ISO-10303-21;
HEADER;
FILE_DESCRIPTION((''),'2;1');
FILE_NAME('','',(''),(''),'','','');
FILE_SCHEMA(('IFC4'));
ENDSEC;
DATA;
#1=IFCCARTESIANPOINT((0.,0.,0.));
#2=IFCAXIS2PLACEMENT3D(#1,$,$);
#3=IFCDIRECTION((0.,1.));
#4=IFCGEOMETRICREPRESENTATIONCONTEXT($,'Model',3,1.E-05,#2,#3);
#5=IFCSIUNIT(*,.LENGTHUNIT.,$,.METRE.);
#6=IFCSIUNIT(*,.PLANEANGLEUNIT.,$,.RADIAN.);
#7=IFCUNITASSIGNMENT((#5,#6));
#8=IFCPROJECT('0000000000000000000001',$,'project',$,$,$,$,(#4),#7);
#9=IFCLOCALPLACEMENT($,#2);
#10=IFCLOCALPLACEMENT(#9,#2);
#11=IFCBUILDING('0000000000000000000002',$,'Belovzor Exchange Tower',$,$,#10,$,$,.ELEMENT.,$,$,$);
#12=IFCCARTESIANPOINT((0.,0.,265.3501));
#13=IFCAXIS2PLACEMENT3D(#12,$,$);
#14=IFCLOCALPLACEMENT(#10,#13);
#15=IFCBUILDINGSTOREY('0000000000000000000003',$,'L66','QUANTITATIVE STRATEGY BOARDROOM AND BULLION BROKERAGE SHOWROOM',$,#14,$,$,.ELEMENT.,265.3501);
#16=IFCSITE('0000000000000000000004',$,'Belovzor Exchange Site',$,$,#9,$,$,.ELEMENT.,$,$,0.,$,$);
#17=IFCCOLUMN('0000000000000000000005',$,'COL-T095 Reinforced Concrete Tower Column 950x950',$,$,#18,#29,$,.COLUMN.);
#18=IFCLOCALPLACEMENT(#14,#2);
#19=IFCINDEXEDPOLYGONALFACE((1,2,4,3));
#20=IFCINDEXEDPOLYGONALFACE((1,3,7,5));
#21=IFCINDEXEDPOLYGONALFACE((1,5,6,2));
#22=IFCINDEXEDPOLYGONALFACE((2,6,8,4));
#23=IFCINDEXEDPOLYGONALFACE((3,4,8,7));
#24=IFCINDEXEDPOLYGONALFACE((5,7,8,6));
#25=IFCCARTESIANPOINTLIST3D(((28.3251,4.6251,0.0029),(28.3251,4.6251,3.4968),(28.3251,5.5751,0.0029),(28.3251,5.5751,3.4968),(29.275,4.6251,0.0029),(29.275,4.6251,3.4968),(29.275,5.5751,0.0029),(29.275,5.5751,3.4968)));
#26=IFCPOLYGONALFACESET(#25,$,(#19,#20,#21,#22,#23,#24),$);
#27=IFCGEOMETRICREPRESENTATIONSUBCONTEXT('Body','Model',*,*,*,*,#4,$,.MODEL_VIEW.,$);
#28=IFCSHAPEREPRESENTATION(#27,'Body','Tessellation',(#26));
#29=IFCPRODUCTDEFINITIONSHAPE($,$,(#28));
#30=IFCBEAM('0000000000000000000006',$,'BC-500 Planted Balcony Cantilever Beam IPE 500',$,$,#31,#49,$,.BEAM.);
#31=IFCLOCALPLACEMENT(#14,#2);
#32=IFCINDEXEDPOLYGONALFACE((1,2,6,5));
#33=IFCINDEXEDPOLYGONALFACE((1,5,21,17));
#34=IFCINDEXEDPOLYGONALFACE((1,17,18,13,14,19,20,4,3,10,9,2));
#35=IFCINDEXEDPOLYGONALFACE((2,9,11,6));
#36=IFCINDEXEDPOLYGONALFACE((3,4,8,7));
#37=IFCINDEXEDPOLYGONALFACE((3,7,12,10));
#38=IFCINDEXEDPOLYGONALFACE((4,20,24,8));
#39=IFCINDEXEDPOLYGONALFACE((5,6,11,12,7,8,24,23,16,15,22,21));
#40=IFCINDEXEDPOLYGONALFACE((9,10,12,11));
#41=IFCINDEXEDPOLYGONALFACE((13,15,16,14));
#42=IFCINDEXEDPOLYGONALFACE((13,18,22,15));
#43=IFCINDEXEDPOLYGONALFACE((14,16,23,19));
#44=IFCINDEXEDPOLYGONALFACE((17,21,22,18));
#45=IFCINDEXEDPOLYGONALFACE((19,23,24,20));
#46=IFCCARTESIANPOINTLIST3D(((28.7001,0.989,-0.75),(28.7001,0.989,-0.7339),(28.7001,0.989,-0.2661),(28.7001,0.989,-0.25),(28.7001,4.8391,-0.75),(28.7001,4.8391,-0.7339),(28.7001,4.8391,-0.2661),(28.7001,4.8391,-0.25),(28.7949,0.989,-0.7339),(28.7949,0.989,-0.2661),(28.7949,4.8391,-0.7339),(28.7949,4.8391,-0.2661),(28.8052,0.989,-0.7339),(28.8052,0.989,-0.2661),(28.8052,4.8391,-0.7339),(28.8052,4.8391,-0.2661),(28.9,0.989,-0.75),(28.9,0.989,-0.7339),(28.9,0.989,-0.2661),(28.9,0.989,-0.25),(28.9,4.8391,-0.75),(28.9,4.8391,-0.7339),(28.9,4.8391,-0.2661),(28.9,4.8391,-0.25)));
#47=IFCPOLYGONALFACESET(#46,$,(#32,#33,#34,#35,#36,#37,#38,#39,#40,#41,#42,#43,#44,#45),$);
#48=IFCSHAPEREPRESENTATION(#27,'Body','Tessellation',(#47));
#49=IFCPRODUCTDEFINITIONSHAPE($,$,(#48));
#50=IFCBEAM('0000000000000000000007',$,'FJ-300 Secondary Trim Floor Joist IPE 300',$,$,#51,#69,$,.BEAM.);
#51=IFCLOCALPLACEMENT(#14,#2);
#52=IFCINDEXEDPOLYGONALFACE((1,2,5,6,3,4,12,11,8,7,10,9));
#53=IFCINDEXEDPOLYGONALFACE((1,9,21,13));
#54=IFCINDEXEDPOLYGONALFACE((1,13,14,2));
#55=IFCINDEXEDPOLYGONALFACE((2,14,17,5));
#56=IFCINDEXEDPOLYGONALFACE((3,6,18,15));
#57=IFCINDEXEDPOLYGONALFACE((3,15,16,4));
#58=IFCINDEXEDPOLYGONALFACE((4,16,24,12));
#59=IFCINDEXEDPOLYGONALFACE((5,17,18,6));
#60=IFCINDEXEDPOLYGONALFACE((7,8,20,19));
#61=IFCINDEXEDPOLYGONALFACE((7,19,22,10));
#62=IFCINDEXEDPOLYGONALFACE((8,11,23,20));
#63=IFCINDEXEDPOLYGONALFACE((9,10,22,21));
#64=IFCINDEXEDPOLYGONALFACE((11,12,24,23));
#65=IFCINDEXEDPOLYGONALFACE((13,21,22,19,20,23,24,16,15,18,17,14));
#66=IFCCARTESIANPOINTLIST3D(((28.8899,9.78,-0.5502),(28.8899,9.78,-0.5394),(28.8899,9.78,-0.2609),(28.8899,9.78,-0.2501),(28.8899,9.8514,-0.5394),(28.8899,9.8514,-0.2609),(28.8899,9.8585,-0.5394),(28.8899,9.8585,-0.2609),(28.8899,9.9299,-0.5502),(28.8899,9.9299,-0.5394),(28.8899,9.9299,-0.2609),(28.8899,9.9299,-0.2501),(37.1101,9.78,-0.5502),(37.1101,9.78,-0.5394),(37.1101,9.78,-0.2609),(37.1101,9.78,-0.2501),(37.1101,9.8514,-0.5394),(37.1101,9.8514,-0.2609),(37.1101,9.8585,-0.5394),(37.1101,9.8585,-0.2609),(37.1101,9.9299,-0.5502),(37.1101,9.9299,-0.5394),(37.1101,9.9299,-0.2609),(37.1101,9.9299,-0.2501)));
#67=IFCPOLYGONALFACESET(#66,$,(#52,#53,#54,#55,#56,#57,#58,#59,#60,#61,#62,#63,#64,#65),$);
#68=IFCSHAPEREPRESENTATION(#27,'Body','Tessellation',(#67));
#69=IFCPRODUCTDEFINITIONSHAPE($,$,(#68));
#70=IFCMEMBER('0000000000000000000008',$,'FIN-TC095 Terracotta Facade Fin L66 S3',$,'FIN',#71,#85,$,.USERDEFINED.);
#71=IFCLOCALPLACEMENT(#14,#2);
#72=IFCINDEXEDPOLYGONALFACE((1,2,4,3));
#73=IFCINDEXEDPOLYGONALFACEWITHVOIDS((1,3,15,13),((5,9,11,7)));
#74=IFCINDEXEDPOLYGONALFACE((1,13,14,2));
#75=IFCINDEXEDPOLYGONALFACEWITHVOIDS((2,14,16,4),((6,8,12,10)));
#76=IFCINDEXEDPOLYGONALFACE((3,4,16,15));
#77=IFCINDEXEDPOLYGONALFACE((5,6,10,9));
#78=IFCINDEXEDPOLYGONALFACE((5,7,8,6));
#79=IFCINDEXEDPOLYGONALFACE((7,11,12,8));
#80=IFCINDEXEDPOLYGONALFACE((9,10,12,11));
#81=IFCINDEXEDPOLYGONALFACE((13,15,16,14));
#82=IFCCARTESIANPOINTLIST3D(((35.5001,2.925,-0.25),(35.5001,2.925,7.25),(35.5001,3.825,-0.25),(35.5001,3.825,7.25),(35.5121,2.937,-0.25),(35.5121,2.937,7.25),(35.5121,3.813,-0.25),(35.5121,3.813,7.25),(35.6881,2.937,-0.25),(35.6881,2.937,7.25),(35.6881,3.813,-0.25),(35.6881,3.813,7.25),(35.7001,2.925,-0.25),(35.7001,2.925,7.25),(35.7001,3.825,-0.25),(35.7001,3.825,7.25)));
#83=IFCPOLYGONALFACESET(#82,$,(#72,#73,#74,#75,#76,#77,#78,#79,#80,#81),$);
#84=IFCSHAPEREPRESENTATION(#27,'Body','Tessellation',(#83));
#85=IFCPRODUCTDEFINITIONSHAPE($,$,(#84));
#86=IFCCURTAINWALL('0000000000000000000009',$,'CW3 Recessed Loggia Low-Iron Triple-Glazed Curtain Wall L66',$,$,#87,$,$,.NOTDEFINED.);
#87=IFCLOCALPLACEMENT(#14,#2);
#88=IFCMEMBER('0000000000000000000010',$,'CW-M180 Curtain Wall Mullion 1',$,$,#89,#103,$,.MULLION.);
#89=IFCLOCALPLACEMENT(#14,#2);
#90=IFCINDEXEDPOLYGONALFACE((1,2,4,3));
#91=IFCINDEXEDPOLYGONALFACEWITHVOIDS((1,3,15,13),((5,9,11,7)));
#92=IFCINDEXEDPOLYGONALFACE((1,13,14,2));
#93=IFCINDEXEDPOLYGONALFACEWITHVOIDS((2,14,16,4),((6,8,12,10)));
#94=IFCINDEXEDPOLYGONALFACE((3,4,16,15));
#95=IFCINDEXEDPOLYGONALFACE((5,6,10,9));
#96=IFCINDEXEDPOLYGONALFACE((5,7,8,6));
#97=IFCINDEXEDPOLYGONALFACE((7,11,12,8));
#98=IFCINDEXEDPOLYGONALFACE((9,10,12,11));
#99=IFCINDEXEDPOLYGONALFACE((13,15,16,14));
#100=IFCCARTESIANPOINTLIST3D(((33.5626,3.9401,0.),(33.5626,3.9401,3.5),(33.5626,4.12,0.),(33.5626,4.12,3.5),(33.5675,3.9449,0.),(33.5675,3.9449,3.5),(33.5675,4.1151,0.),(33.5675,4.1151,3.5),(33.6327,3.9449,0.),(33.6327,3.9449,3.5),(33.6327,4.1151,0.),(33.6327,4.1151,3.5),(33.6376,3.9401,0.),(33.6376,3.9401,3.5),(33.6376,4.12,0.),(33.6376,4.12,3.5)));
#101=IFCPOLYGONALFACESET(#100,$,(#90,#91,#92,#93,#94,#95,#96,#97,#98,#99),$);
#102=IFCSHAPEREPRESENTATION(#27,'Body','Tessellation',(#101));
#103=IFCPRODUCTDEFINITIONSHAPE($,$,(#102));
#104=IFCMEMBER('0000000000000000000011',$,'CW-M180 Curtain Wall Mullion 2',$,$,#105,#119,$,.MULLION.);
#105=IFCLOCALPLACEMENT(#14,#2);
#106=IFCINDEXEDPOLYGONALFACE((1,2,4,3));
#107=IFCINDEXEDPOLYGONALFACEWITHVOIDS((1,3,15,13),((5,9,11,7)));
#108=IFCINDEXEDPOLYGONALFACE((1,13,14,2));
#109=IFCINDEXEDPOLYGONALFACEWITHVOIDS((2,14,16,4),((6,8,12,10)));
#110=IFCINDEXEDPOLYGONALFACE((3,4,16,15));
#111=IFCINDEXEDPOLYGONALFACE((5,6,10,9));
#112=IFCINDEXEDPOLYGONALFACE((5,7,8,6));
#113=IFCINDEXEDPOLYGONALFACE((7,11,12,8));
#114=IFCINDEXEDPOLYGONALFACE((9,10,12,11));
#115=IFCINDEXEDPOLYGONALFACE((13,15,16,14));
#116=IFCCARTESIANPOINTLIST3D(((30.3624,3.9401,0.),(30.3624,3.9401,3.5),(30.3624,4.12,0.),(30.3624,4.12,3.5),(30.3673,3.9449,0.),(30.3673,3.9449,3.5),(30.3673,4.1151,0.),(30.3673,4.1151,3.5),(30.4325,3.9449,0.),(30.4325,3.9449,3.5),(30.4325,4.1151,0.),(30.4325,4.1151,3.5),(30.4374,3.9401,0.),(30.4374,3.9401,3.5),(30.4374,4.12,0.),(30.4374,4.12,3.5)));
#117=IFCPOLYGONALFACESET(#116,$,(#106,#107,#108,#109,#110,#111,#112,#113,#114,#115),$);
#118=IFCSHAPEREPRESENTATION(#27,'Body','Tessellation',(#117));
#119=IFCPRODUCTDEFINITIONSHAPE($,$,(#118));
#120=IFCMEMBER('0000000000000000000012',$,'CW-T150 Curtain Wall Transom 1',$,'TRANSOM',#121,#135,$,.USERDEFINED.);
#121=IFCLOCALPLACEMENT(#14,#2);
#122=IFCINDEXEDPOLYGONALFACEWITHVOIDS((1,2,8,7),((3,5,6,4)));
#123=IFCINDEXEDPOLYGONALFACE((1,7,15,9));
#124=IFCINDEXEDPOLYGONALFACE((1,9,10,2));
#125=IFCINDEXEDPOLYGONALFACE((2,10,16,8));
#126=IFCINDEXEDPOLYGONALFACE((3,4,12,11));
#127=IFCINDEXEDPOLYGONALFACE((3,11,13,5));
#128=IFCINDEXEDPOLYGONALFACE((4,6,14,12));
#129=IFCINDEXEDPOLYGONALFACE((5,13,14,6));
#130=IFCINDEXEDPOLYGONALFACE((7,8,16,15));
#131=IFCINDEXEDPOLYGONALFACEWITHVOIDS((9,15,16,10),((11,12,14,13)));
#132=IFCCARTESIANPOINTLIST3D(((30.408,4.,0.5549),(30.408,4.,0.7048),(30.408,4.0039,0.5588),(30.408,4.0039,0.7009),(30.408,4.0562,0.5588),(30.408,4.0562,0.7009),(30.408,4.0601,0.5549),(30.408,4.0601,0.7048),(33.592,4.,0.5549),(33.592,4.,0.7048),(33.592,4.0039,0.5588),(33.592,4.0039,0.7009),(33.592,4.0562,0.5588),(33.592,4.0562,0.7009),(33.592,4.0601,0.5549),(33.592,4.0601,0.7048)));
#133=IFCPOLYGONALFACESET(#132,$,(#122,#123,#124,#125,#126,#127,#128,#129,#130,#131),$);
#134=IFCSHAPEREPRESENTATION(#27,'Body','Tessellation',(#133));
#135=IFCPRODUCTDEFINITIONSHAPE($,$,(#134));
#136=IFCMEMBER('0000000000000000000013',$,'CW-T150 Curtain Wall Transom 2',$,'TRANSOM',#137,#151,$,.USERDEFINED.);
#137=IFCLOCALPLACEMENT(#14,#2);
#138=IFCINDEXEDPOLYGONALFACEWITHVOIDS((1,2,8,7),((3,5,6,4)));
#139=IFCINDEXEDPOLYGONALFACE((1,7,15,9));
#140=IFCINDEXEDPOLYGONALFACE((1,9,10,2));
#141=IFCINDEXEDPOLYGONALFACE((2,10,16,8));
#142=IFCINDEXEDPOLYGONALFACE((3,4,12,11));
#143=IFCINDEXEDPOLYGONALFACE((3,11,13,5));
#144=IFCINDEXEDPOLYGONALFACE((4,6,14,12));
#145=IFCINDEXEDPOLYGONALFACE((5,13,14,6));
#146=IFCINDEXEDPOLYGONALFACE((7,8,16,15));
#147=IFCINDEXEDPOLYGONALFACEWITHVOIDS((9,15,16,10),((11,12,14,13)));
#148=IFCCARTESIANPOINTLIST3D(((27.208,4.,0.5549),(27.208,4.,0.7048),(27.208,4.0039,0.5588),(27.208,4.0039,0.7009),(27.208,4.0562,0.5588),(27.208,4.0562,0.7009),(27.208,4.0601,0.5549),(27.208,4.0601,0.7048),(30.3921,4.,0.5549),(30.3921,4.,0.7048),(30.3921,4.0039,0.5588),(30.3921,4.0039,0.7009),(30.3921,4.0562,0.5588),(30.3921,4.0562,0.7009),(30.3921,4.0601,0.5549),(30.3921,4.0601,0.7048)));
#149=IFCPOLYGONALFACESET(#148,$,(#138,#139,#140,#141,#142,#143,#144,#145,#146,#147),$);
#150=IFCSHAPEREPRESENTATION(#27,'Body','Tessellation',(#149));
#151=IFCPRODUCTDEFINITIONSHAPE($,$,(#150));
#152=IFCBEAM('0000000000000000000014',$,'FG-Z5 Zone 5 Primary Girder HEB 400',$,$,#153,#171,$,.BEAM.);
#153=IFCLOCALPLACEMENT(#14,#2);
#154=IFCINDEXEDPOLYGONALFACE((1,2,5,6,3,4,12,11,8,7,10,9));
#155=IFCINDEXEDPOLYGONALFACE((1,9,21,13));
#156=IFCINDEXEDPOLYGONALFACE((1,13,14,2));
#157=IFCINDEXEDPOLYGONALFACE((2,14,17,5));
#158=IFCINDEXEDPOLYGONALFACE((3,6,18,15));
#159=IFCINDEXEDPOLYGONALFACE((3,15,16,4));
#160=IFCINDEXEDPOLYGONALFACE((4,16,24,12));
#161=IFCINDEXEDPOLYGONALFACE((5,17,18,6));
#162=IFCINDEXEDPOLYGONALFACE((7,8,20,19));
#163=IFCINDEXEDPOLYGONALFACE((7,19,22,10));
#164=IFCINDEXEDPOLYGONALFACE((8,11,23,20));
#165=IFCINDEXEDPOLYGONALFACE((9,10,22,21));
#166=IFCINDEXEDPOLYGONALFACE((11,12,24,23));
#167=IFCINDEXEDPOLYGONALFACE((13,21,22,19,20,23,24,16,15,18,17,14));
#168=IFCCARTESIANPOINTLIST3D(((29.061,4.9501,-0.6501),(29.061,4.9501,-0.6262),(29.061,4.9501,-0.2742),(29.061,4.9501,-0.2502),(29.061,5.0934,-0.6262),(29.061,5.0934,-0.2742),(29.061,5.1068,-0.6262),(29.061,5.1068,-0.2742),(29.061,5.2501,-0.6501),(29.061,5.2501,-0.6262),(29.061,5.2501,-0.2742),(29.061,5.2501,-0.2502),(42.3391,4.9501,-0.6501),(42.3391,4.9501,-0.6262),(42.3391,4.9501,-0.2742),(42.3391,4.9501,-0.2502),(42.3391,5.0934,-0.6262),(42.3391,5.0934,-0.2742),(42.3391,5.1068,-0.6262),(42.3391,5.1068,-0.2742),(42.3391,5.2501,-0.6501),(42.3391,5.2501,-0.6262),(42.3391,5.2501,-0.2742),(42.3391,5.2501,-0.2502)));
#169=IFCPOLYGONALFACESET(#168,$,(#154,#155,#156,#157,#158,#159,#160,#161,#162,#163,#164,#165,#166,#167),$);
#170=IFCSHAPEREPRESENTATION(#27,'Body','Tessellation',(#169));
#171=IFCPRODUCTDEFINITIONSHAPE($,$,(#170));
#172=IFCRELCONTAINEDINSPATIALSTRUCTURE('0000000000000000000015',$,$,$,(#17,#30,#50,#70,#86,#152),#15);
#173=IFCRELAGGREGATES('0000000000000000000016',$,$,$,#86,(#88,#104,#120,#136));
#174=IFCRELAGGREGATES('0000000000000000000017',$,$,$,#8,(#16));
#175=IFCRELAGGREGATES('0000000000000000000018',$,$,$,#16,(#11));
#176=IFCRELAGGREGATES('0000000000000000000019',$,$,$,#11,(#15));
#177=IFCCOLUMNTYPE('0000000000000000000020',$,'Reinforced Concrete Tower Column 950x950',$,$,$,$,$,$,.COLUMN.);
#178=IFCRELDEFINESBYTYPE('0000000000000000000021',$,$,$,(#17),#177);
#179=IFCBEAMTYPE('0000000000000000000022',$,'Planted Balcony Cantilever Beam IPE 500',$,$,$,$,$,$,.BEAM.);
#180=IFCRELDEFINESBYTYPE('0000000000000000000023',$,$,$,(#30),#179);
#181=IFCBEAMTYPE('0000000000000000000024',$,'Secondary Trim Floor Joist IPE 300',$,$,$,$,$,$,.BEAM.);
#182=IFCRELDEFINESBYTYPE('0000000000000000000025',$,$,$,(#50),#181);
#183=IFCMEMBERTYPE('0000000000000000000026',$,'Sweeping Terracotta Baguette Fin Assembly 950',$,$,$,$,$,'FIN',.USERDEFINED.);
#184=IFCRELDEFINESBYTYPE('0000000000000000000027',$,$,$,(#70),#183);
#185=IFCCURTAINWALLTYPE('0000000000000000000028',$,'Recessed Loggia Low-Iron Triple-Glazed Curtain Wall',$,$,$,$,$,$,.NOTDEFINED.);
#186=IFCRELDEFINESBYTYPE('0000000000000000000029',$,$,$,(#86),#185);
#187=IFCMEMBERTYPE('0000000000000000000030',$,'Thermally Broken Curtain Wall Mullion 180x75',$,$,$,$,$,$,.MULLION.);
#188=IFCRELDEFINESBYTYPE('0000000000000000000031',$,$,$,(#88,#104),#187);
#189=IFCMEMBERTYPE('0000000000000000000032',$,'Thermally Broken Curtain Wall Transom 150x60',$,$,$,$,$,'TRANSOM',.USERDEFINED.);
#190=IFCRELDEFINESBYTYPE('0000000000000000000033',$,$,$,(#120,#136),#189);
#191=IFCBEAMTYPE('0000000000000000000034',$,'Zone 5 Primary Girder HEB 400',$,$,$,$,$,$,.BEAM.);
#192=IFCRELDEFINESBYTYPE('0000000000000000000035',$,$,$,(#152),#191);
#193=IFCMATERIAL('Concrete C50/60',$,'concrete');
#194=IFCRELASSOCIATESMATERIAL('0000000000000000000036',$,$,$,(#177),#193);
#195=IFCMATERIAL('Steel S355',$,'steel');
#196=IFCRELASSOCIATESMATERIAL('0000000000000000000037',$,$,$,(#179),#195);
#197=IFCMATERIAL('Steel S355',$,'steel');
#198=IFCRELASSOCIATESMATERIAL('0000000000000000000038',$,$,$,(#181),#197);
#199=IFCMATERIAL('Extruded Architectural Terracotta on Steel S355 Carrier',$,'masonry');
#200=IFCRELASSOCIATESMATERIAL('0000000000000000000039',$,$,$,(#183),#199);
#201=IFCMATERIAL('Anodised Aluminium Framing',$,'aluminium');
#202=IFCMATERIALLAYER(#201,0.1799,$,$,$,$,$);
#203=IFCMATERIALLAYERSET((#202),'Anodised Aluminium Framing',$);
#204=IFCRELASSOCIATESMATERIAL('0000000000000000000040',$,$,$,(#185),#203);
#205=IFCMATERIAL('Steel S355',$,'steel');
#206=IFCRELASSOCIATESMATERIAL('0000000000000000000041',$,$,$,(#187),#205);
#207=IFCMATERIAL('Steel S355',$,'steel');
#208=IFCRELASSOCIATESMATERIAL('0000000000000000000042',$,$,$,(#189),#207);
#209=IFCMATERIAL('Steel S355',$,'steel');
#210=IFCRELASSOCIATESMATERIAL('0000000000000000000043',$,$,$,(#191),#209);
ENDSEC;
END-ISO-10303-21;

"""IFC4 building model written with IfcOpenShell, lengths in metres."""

from ifc_helpers import new_model, si_unit, direction, frame, origin, origin_2d, place, context, subcontext, project, spatial, rectangle, hollow_rectangle, i_section, extrude, material, layer, layer_set, material_profile, profile_set, type_object, element, aggregate, save


model = new_model("IFC4")

# Units and contexts
model_context = context("Model", 3, precision=1e-05, world=origin(), true_north=direction((0.0, 1.0)))
body_context = subcontext(model_context, "Body", "Model", "MODEL_VIEW")
ifc_project = project(units=[si_unit("LENGTHUNIT", "METRE"), si_unit("PLANEANGLEUNIT", "RADIAN")], contexts=[model_context])

# Site, building, storey
site_placement = place(None, origin())
site = spatial("IfcSite", under=ifc_project, at=site_placement, Name="Belovzor Exchange Site", CompositionType="ELEMENT", RefElevation=0.0)
building_placement = place(site_placement, origin())
building = spatial("IfcBuilding", under=site, at=building_placement, Name="Belovzor Exchange Tower", CompositionType="ELEMENT")
storey_placement = place(building_placement, frame((0.0, 0.0, 265.3501)))
storey = spatial("IfcBuildingStorey", under=building, at=storey_placement, Name="L66", Description="QUANTITATIVE STRATEGY BOARDROOM AND BULLION BROKERAGE SHOWROOM", CompositionType="ELEMENT", Elevation=265.3501)

# Column
ifc_material_1 = material(Name="Concrete C50/60", Category="concrete")
ifc_material_profile_1 = material_profile(ifc_material_1, rectangle(XDim=0.95, YDim=0.95, at=origin_2d()))
ifc_profile_set_1 = profile_set([ifc_material_profile_1], Name="Concrete C50/60")
column_type = type_object("IfcColumnType", Name="Reinforced Concrete Tower Column 950x950", PredefinedType="COLUMN", material=ifc_profile_set_1)
column_placement = place(storey_placement, frame((28.8, 5.1001, 0.0029), z_axis=(0.0, 0.0, 1.0), x_axis=(1.0, 0.0, 0.0)))
element("IfcColumn", 1, at=column_placement, inside=storey, type_object=column_type, Name="COL-T095 Reinforced Concrete Tower Column 950x950", PredefinedType="COLUMN", context=body_context, shape_type="SweptSolid", body=[
    extrude(rectangle(XDim=0.95, YDim=0.95, at=origin_2d()), origin(), (0.0, 0.0, 1.0), 3.4939),
])

# Beams
ifc_material_2 = material(Name="Steel S355", Category="steel")
ifc_material_profile_2 = material_profile(ifc_material_2, i_section(OverallWidth=0.2, OverallDepth=0.5, WebThickness=0.0103, FlangeThickness=0.0161, at=origin_2d()))
ifc_profile_set_2 = profile_set([ifc_material_profile_2], Name="Steel S355")
beam_type_1 = type_object("IfcBeamType", Name="Planted Balcony Cantilever Beam IPE 500", PredefinedType="BEAM", material=ifc_profile_set_2)
beam_1_placement = place(storey_placement, frame((28.8, 4.8391, -0.5), z_axis=(0.0, -1.0, 0.0), x_axis=(1.0, 0.0, 0.0)))
element("IfcBeam", 2, at=beam_1_placement, inside=storey, type_object=beam_type_1, Name="BC-500 Planted Balcony Cantilever Beam IPE 500", PredefinedType="BEAM", context=body_context, shape_type="SweptSolid", body=[
    extrude(i_section(OverallWidth=0.2, OverallDepth=0.5, WebThickness=0.0103, FlangeThickness=0.0161, at=origin_2d()), origin(), (0.0, 0.0, 1.0), 3.8501),
])
ifc_material_3 = material(Name="Steel S355", Category="steel")
ifc_material_profile_3 = material_profile(ifc_material_3, i_section(OverallWidth=0.1499, OverallDepth=0.3, WebThickness=0.0071, FlangeThickness=0.0107, at=origin_2d()))
ifc_profile_set_3 = profile_set([ifc_material_profile_3], Name="Steel S355")
beam_type_2 = type_object("IfcBeamType", Name="Secondary Trim Floor Joist IPE 300", PredefinedType="BEAM", material=ifc_profile_set_3)
beam_2_placement = place(storey_placement, frame((28.8899, 9.855, -0.4001), z_axis=(1.0, 0.0, 0.0), x_axis=(0.0, 1.0, 0.0)))
element("IfcBeam", 3, at=beam_2_placement, inside=storey, type_object=beam_type_2, Name="FJ-300 Secondary Trim Floor Joist IPE 300", PredefinedType="BEAM", context=body_context, shape_type="SweptSolid", body=[
    extrude(i_section(OverallWidth=0.1499, OverallDepth=0.3, WebThickness=0.0071, FlangeThickness=0.0107, at=origin_2d()), origin(), (0.0, 0.0, 1.0), 8.2202),
])

# Member
ifc_material_4 = material(Name="Extruded Architectural Terracotta on Steel S355 Carrier", Category="masonry")
ifc_material_profile_4 = material_profile(ifc_material_4, hollow_rectangle(XDim=0.2, YDim=0.8999, WallThickness=0.012, at=origin_2d()))
ifc_profile_set_4 = profile_set([ifc_material_profile_4], Name="Extruded Architectural Terracotta on Steel S355 Carrier")
member_type_1 = type_object("IfcMemberType", Name="Sweeping Terracotta Baguette Fin Assembly 950", ElementType="FIN", PredefinedType="USERDEFINED", material=ifc_profile_set_4)
member_1_placement = place(storey_placement, frame((35.6001, 3.375, -0.25), z_axis=(0.0, 0.0, 1.0), x_axis=(1.0, 0.0, 0.0)))
element("IfcMember", 4, at=member_1_placement, inside=storey, type_object=member_type_1, Name="FIN-TC095 Terracotta Facade Fin L66 S3", ObjectType="FIN", PredefinedType="USERDEFINED", context=body_context, shape_type="SweptSolid", body=[
    extrude(hollow_rectangle(XDim=0.2, YDim=0.8999, WallThickness=0.012, at=origin_2d()), origin(), (0.0, 0.0, 1.0), 7.5),
])

# Curtain wall, members
ifc_material_5 = material(Name="Anodised Aluminium Framing", Category="aluminium")
ifc_layer_1 = layer(ifc_material_5, 0.1799)
ifc_layer_set_1 = layer_set([ifc_layer_1], Name="Anodised Aluminium Framing")
curtain_wall_type = type_object("IfcCurtainWallType", Name="Recessed Loggia Low-Iron Triple-Glazed Curtain Wall", PredefinedType="NOTDEFINED", material=ifc_layer_set_1)
curtain_wall_placement = place(storey_placement, origin())
curtain_wall = element("IfcCurtainWall", 5, at=curtain_wall_placement, inside=storey, type_object=curtain_wall_type, Name="CW3 Recessed Loggia Low-Iron Triple-Glazed Curtain Wall L66", PredefinedType="NOTDEFINED")
ifc_material_6 = material(Name="Steel S355", Category="steel")
ifc_material_profile_5 = material_profile(ifc_material_6, hollow_rectangle(XDim=0.075, YDim=0.1799, WallThickness=0.0049, at=origin_2d()))
ifc_profile_set_5 = profile_set([ifc_material_profile_5], Name="Steel S355")
member_type_2 = type_object("IfcMemberType", Name="Thermally Broken Curtain Wall Mullion 180x75", PredefinedType="MULLION", material=ifc_profile_set_5)
member_2_placement = place(storey_placement, frame((33.6001, 4.03, 0.0), z_axis=(0.0, 0.0, 1.0), x_axis=(-1.0, 0.0, 0.0)))
member_2 = element("IfcMember", 6, at=member_2_placement, type_object=member_type_2, Name="CW-M180 Curtain Wall Mullion 1", PredefinedType="MULLION", context=body_context, shape_type="SweptSolid", body=[
    extrude(hollow_rectangle(XDim=0.075, YDim=0.1799, WallThickness=0.0049, at=origin_2d()), origin(), (0.0, 0.0, 1.0), 3.5),
])
member_3_placement = place(storey_placement, frame((30.3999, 4.03, 0.0), z_axis=(0.0, 0.0, 1.0), x_axis=(-1.0, 0.0, 0.0)))
member_3 = element("IfcMember", 7, at=member_3_placement, type_object=member_type_2, Name="CW-M180 Curtain Wall Mullion 2", PredefinedType="MULLION", context=body_context, shape_type="SweptSolid", body=[
    extrude(hollow_rectangle(XDim=0.075, YDim=0.1799, WallThickness=0.0049, at=origin_2d()), origin(), (0.0, 0.0, 1.0), 3.5),
])
ifc_material_7 = material(Name="Steel S355", Category="steel")
ifc_material_profile_6 = material_profile(ifc_material_7, hollow_rectangle(XDim=0.0601, YDim=0.1499, WallThickness=0.0039, at=origin_2d()))
ifc_profile_set_6 = profile_set([ifc_material_profile_6], Name="Steel S355")
member_type_3 = type_object("IfcMemberType", Name="Thermally Broken Curtain Wall Transom 150x60", ElementType="TRANSOM", PredefinedType="USERDEFINED", material=ifc_profile_set_6)
member_4_placement = place(storey_placement, frame((33.592, 4.03, 0.6299), z_axis=(-1.0, 0.0, 0.0), x_axis=(0.0, -1.0, 0.0)))
member_4 = element("IfcMember", 8, at=member_4_placement, type_object=member_type_3, Name="CW-T150 Curtain Wall Transom 1", ObjectType="TRANSOM", PredefinedType="USERDEFINED", context=body_context, shape_type="SweptSolid", body=[
    extrude(hollow_rectangle(XDim=0.0601, YDim=0.1499, WallThickness=0.0039, at=origin_2d()), origin(), (0.0, 0.0, 1.0), 3.1841),
])
member_5_placement = place(storey_placement, frame((30.3921, 4.03, 0.6299), z_axis=(-1.0, 0.0, 0.0), x_axis=(0.0, -1.0, 0.0)))
member_5 = element("IfcMember", 9, at=member_5_placement, type_object=member_type_3, Name="CW-T150 Curtain Wall Transom 2", ObjectType="TRANSOM", PredefinedType="USERDEFINED", context=body_context, shape_type="SweptSolid", body=[
    extrude(hollow_rectangle(XDim=0.0601, YDim=0.1499, WallThickness=0.0039, at=origin_2d()), origin(), (0.0, 0.0, 1.0), 3.1841),
])

# Beam
ifc_material_8 = material(Name="Steel S355", Category="steel")
ifc_material_profile_7 = material_profile(ifc_material_8, i_section(OverallWidth=0.3, OverallDepth=0.3999, WebThickness=0.0134, FlangeThickness=0.0239, at=origin_2d()))
ifc_profile_set_7 = profile_set([ifc_material_profile_7], Name="Steel S355")
beam_type_3 = type_object("IfcBeamType", Name="Zone 5 Primary Girder HEB 400", PredefinedType="BEAM", material=ifc_profile_set_7)
beam_3_placement = place(storey_placement, frame((29.061, 5.1001, -0.4502), z_axis=(1.0, 0.0, 0.0), x_axis=(0.0, 1.0, 0.0)))
element("IfcBeam", 10, at=beam_3_placement, inside=storey, type_object=beam_type_3, Name="FG-Z5 Zone 5 Primary Girder HEB 400", PredefinedType="BEAM", context=body_context, shape_type="SweptSolid", body=[
    extrude(i_section(OverallWidth=0.3, OverallDepth=0.3999, WebThickness=0.0134, FlangeThickness=0.0239, at=origin_2d()), origin(), (0.0, 0.0, 1.0), 13.2781),
])

aggregate(curtain_wall, [member_2, member_3, member_4, member_5])

save(model, "model.ifc")
